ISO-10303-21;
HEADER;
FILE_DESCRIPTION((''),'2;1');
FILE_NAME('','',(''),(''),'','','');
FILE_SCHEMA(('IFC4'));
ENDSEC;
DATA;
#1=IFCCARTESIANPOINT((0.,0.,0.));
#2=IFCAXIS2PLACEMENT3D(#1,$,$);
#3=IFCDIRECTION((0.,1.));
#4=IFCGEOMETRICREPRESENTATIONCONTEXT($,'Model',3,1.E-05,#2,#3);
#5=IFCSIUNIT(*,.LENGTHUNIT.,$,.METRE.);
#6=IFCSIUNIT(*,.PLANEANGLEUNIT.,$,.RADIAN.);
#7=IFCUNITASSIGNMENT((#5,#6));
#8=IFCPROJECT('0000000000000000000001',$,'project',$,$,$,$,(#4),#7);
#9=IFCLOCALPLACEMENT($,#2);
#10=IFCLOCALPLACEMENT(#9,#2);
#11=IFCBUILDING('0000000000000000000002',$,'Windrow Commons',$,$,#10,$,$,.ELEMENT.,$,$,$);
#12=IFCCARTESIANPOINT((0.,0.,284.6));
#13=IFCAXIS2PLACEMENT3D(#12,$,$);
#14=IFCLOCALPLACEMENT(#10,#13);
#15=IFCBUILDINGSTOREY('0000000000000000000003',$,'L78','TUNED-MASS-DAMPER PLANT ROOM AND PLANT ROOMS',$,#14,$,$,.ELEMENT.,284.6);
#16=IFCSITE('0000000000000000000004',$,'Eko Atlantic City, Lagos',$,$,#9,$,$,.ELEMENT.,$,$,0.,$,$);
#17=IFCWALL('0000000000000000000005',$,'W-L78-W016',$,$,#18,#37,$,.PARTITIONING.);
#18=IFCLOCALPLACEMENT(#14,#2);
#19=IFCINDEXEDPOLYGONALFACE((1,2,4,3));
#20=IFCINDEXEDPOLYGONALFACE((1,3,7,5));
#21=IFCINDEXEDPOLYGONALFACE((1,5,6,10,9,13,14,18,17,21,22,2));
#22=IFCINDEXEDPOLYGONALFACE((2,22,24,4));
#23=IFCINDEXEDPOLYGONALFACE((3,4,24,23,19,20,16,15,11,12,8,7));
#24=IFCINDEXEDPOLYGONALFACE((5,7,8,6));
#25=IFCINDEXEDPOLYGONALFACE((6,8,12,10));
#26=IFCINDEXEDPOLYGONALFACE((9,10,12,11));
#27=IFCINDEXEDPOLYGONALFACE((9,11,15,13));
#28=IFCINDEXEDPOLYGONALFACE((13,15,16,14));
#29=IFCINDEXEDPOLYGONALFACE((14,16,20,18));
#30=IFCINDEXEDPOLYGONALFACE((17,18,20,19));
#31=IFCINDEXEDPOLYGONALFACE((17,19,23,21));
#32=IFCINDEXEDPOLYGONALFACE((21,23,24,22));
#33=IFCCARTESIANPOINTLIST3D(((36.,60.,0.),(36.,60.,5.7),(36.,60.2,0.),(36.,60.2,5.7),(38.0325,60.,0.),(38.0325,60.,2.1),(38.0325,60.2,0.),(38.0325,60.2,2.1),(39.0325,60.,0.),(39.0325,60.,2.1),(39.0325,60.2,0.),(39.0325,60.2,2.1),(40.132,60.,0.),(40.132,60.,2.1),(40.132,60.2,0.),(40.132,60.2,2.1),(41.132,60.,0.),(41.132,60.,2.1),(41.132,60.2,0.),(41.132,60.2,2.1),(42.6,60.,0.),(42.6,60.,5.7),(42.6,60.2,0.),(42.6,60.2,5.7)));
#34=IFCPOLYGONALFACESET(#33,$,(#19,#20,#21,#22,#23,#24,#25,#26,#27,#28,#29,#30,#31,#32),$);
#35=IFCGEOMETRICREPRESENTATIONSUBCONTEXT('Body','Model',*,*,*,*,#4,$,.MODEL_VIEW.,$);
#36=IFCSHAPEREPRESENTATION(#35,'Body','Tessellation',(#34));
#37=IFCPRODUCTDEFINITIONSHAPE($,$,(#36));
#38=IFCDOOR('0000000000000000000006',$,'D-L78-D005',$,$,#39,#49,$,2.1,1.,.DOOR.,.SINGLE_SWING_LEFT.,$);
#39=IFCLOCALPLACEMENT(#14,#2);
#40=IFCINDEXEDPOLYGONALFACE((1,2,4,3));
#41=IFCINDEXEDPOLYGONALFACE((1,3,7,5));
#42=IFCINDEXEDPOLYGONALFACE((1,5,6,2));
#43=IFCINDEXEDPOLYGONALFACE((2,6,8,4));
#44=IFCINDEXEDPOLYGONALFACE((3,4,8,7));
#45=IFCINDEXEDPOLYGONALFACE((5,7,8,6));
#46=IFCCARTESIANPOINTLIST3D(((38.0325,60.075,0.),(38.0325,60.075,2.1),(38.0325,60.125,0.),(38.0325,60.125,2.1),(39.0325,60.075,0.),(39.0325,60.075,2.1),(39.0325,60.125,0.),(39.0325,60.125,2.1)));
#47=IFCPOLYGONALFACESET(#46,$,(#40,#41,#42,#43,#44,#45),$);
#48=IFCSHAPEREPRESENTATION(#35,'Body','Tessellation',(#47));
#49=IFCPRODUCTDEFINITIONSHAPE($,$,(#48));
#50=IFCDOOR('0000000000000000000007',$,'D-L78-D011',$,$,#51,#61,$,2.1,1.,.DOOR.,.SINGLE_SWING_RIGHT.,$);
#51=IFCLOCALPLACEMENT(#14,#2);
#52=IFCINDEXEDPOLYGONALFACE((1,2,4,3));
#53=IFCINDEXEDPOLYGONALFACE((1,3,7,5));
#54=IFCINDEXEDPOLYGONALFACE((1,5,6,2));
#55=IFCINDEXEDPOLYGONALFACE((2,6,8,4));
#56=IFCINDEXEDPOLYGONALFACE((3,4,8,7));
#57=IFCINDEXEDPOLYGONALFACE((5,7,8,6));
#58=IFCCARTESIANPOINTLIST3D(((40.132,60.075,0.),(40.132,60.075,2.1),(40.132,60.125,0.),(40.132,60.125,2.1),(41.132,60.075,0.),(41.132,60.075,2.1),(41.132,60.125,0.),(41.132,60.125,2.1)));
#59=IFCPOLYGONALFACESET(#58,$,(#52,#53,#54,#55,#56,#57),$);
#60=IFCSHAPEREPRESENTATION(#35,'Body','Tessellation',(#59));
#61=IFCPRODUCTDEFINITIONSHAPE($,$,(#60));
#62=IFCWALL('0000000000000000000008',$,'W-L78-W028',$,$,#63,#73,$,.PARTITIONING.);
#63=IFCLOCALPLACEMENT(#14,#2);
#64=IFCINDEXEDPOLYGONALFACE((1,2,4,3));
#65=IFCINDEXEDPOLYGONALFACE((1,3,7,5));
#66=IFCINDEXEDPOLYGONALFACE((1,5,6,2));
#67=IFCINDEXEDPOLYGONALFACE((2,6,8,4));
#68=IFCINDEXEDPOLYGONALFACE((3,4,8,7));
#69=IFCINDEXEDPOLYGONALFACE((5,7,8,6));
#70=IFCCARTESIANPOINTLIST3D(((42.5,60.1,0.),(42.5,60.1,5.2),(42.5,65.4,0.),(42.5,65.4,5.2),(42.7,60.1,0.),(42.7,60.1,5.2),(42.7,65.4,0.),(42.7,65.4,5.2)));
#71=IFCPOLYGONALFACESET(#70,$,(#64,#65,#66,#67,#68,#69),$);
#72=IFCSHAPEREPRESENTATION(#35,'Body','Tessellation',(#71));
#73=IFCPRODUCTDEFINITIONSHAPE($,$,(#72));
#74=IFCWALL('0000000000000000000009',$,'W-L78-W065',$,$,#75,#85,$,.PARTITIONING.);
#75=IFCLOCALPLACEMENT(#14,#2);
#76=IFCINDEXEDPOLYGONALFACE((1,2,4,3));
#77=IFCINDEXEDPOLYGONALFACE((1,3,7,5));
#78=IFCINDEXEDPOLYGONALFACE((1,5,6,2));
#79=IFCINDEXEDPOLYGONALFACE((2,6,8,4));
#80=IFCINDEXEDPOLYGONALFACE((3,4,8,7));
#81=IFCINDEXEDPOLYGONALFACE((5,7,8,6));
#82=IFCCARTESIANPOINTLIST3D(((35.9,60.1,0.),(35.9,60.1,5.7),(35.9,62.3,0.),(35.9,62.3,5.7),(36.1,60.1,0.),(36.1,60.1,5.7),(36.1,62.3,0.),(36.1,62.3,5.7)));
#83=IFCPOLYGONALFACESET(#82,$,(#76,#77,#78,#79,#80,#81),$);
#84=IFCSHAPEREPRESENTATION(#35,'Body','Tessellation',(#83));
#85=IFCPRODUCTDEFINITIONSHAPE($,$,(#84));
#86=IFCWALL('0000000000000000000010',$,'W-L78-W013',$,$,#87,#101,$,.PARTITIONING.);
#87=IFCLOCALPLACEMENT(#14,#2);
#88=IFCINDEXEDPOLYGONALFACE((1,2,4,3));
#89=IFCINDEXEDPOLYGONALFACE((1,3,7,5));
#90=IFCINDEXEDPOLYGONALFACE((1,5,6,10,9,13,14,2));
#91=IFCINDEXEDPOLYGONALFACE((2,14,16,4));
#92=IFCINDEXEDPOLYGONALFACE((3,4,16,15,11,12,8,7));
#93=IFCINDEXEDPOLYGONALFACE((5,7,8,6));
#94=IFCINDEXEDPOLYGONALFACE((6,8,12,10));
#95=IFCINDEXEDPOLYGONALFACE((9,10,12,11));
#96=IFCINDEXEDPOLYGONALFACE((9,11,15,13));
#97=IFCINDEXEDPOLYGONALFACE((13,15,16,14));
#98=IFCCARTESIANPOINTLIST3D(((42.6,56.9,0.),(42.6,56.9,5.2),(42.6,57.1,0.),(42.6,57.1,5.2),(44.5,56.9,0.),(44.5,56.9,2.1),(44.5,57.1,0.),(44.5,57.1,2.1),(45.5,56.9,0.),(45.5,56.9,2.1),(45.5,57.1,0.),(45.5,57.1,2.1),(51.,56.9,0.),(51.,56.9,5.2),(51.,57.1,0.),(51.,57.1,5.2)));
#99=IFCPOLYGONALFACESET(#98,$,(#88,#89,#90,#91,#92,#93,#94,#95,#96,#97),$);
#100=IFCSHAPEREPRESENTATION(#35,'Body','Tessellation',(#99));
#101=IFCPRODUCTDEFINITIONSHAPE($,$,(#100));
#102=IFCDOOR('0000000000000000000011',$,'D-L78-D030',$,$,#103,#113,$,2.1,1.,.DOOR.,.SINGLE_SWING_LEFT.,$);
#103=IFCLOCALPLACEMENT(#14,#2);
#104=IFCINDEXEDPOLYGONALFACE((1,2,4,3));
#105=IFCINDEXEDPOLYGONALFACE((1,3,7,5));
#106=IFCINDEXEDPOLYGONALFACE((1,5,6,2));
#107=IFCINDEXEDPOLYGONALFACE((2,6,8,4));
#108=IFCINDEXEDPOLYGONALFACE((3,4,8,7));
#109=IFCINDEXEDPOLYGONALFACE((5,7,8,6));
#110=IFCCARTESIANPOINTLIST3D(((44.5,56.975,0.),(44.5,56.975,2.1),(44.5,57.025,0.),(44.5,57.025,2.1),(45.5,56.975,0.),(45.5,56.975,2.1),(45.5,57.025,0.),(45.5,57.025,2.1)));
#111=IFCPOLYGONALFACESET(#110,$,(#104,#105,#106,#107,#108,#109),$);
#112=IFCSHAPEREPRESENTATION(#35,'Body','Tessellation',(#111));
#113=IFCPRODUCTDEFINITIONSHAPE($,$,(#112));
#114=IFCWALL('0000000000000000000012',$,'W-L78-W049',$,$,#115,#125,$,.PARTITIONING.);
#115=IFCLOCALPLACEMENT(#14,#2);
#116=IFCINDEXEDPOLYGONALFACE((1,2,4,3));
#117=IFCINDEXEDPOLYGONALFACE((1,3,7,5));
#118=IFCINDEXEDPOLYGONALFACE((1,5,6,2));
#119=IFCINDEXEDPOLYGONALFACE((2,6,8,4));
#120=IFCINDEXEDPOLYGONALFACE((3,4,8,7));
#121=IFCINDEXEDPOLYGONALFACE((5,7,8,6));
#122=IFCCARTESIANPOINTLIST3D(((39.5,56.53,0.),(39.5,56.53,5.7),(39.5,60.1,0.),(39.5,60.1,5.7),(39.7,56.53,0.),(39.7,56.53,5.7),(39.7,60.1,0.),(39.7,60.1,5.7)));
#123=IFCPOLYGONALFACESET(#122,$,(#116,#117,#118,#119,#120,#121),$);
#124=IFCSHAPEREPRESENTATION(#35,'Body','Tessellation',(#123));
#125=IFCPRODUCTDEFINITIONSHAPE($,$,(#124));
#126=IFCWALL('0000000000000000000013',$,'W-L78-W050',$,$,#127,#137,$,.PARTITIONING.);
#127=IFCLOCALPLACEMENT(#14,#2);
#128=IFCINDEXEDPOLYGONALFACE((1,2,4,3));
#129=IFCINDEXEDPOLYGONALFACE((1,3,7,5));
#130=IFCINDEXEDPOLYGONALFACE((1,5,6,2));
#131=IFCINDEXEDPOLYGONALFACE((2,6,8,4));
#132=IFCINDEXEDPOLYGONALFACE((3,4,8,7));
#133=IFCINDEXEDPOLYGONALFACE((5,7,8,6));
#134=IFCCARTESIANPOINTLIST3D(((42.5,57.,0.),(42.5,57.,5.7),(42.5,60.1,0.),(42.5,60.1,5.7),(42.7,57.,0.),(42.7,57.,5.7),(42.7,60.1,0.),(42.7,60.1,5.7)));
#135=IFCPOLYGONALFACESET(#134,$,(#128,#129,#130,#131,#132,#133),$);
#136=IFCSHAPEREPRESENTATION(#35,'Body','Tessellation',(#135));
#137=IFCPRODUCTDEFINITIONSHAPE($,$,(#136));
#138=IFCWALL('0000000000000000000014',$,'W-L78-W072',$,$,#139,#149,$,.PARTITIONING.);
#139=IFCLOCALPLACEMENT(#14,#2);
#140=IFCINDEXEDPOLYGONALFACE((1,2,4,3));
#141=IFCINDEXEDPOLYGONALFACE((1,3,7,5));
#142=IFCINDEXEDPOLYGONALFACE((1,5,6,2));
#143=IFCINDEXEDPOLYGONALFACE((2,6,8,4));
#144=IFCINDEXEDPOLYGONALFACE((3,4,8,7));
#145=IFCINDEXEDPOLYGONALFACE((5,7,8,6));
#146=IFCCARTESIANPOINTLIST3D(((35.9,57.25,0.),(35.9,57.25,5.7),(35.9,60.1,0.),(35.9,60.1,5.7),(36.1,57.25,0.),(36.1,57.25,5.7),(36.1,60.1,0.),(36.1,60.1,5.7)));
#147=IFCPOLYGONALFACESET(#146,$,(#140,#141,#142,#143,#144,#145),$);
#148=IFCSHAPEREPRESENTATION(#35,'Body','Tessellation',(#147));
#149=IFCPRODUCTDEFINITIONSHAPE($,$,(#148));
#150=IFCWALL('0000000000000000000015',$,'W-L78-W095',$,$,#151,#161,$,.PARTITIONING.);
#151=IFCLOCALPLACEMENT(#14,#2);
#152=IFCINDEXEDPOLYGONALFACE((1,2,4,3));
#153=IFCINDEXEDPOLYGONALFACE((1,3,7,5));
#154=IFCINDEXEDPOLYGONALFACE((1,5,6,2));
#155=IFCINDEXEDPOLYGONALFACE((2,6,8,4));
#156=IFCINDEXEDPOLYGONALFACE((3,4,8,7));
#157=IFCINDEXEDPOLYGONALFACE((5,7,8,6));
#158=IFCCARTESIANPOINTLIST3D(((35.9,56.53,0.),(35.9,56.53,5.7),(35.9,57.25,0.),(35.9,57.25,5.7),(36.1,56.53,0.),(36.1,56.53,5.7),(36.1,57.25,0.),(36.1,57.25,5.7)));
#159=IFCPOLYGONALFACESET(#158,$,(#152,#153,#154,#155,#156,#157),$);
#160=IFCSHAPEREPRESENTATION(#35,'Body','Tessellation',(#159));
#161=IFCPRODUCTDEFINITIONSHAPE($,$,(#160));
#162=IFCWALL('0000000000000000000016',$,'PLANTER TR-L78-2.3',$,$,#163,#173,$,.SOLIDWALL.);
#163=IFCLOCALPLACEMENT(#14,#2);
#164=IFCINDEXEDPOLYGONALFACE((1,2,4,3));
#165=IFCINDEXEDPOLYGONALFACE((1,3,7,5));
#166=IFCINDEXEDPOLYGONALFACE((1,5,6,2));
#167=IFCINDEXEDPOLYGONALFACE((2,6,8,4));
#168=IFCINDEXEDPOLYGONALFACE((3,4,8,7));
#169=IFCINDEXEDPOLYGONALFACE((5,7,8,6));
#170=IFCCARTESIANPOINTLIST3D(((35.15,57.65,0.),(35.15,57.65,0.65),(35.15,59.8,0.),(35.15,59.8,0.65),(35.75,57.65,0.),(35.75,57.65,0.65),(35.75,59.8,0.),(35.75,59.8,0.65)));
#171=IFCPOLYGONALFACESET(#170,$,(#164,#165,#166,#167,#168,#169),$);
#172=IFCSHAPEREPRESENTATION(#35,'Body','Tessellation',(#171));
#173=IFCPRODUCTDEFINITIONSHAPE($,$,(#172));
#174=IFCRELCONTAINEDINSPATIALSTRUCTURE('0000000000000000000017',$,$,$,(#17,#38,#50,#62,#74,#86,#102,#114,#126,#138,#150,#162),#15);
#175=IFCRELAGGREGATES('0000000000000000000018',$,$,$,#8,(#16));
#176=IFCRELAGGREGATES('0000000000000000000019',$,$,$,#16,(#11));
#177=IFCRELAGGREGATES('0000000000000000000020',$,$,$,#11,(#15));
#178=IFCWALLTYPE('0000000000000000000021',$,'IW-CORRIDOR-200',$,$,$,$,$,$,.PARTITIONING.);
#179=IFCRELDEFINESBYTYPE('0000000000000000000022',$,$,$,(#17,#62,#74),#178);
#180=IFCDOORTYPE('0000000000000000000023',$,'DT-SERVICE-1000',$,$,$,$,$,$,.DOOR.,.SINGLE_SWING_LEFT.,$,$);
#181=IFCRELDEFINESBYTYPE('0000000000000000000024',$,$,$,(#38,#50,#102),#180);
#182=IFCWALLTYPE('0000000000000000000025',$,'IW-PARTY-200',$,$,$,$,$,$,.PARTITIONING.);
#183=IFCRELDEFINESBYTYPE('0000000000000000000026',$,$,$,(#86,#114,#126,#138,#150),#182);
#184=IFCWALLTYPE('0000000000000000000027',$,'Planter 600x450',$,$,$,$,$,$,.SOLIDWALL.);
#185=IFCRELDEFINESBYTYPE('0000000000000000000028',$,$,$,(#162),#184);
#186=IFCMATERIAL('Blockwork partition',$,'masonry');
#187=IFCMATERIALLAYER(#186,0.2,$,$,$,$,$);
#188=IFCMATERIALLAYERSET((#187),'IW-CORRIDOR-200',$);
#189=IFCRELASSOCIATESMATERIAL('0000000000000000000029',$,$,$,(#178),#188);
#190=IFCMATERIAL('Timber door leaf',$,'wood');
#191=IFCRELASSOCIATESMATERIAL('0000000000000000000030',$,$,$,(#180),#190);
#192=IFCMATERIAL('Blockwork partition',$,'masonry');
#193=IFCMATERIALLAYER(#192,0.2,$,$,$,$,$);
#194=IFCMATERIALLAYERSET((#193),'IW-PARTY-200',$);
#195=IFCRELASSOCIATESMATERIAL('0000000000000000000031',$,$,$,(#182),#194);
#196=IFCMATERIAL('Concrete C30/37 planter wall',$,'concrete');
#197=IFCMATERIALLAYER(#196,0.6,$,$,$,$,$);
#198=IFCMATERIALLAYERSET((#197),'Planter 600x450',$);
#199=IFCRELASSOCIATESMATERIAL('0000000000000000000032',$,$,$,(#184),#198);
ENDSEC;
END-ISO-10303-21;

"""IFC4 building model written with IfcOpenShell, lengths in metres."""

from ifc_helpers import new_model, si_unit, direction, frame, frame_2d, origin, place, context, subcontext, project, spatial, rectangle, extrude, material, layer, layer_set, type_object, element, fill, save


model = new_model("IFC4")

# Units and contexts
model_context = context("Model", 3, precision=1e-05, world=origin(), true_north=direction((0.0, 1.0)))
body_context = subcontext(model_context, "Body", "Model", "MODEL_VIEW")
ifc_project = project(units=[si_unit("LENGTHUNIT", "METRE"), si_unit("PLANEANGLEUNIT", "RADIAN")], contexts=[model_context])

# Site, building, storey
site_placement = place(None, origin())
site = spatial("IfcSite", under=ifc_project, at=site_placement, Name="Eko Atlantic City, Lagos", CompositionType="ELEMENT", RefElevation=0.0)
building_placement = place(site_placement, origin())
building = spatial("IfcBuilding", under=site, at=building_placement, Name="Windrow Commons", CompositionType="ELEMENT")
storey_placement = place(building_placement, frame((0.0, 0.0, 284.6)))
storey = spatial("IfcBuildingStorey", under=building, at=storey_placement, Name="L78", Description="TUNED-MASS-DAMPER PLANT ROOM AND PLANT ROOMS", CompositionType="ELEMENT", Elevation=284.6)

# Wall, openings, doors
ifc_material_1 = material(Name="Blockwork partition", Category="masonry")
ifc_layer_1 = layer(ifc_material_1, 0.2)
ifc_layer_set_1 = layer_set([ifc_layer_1], Name="IW-CORRIDOR-200")
wall_type_1 = type_object("IfcWallType", Name="IW-CORRIDOR-200", PredefinedType="PARTITIONING", material=ifc_layer_set_1)
wall_1_placement = place(storey_placement, frame((36.0, 60.1, 0.0), z_axis=(0.0, 0.0, 1.0), x_axis=(1.0, 0.0, 0.0)))
wall_1 = element("IfcWall", 1, at=wall_1_placement, inside=storey, type_object=wall_type_1, Name="W-L78-W016", PredefinedType="PARTITIONING", context=body_context, shape_type="SweptSolid", body=[
    extrude(rectangle(XDim=6.6, YDim=0.2, at=frame_2d((3.3, 0.0))), origin(), (0.0, 0.0, 1.0), 5.7),
])
opening_1_placement = place(wall_1_placement, frame((2.0325, 0.0, 0.0)))
opening_1 = element("IfcOpeningElement", 2, at=opening_1_placement, cuts=wall_1, PredefinedType="OPENING", context=body_context, shape_type="SweptSolid", body=[
    extrude(rectangle(XDim=1.0, YDim=2.1, at=frame_2d((0.5, 1.05))), frame((0.0, 0.11, 0.0), z_axis=(0.0, -1.0, 0.0), x_axis=(1.0, 0.0, 0.0)), (0.0, 0.0, 1.0), 0.22),
])
opening_2_placement = place(wall_1_placement, frame((4.132, 0.0, 0.0)))
opening_2 = element("IfcOpeningElement", 3, at=opening_2_placement, cuts=wall_1, PredefinedType="OPENING", context=body_context, shape_type="SweptSolid", body=[
    extrude(rectangle(XDim=1.0, YDim=2.1, at=frame_2d((0.5, 1.05))), frame((0.0, 0.11, 0.0), z_axis=(0.0, -1.0, 0.0), x_axis=(1.0, 0.0, 0.0)), (0.0, 0.0, 1.0), 0.22),
])
ifc_material_2 = material(Name="Timber door leaf", Category="wood")
door_type = type_object("IfcDoorType", Name="DT-SERVICE-1000", OperationType="SINGLE_SWING_LEFT", PredefinedType="DOOR", material=ifc_material_2)
door_1_placement = place(opening_1_placement, origin())
door_1 = element("IfcDoor", 4, at=door_1_placement, inside=storey, type_object=door_type, Name="D-L78-D005", OperationType="SINGLE_SWING_LEFT", OverallHeight=2.1, OverallWidth=1.0, PredefinedType="DOOR", context=body_context, shape_type="SweptSolid", body=[
    extrude(rectangle(XDim=1.0, YDim=2.1, at=frame_2d((0.5, 1.05))), frame((0.0, 0.025, 0.0), z_axis=(0.0, -1.0, 0.0), x_axis=(1.0, 0.0, 0.0)), (0.0, 0.0, 1.0), 0.05),
])
fill(opening_1, door_1)
door_2_placement = place(opening_2_placement, origin())
door_2 = element("IfcDoor", 5, at=door_2_placement, inside=storey, type_object=door_type, Name="D-L78-D011", OperationType="SINGLE_SWING_RIGHT", OverallHeight=2.1, OverallWidth=1.0, PredefinedType="DOOR", context=body_context, shape_type="SweptSolid", body=[
    extrude(rectangle(XDim=1.0, YDim=2.1, at=frame_2d((0.5, 1.05))), frame((0.0, 0.025, 0.0), z_axis=(0.0, -1.0, 0.0), x_axis=(1.0, 0.0, 0.0)), (0.0, 0.0, 1.0), 0.05),
])
fill(opening_2, door_2)

# Walls
wall_2_placement = place(storey_placement, frame((42.6, 60.1, 0.0), z_axis=(0.0, 0.0, 1.0), x_axis=(0.0, 1.0, 0.0)))
element("IfcWall", 6, at=wall_2_placement, inside=storey, type_object=wall_type_1, Name="W-L78-W028", PredefinedType="PARTITIONING", context=body_context, shape_type="SweptSolid", body=[
    extrude(rectangle(XDim=5.3, YDim=0.2, at=frame_2d((2.65, 0.0))), origin(), (0.0, 0.0, 1.0), 5.2),
])
wall_3_placement = place(storey_placement, frame((36.0, 60.1, 0.0), z_axis=(0.0, 0.0, 1.0), x_axis=(0.0, 1.0, 0.0)))
element("IfcWall", 7, at=wall_3_placement, inside=storey, type_object=wall_type_1, Name="W-L78-W065", PredefinedType="PARTITIONING", context=body_context, shape_type="SweptSolid", body=[
    extrude(rectangle(XDim=2.2, YDim=0.2, at=frame_2d((1.1, 0.0))), origin(), (0.0, 0.0, 1.0), 5.7),
])

# Wall, opening, door
ifc_material_3 = material(Name="Blockwork partition", Category="masonry")
ifc_layer_2 = layer(ifc_material_3, 0.2)
ifc_layer_set_2 = layer_set([ifc_layer_2], Name="IW-PARTY-200")
wall_type_2 = type_object("IfcWallType", Name="IW-PARTY-200", PredefinedType="PARTITIONING", material=ifc_layer_set_2)
wall_4_placement = place(storey_placement, frame((42.6, 57.0, 0.0), z_axis=(0.0, 0.0, 1.0), x_axis=(1.0, 0.0, 0.0)))
wall_4 = element("IfcWall", 8, at=wall_4_placement, inside=storey, type_object=wall_type_2, Name="W-L78-W013", PredefinedType="PARTITIONING", context=body_context, shape_type="SweptSolid", body=[
    extrude(rectangle(XDim=8.4, YDim=0.2, at=frame_2d((4.2, 0.0))), origin(), (0.0, 0.0, 1.0), 5.2),
])
opening_3_placement = place(wall_4_placement, frame((1.9, 0.0, 0.0)))
opening_3 = element("IfcOpeningElement", 9, at=opening_3_placement, cuts=wall_4, PredefinedType="OPENING", context=body_context, shape_type="SweptSolid", body=[
    extrude(rectangle(XDim=1.0, YDim=2.1, at=frame_2d((0.5, 1.05))), frame((0.0, 0.11, 0.0), z_axis=(0.0, -1.0, 0.0), x_axis=(1.0, 0.0, 0.0)), (0.0, 0.0, 1.0), 0.22),
])
door_3_placement = place(opening_3_placement, origin())
door_3 = element("IfcDoor", 10, at=door_3_placement, inside=storey, type_object=door_type, Name="D-L78-D030", OperationType="SINGLE_SWING_LEFT", OverallHeight=2.1, OverallWidth=1.0, PredefinedType="DOOR", context=body_context, shape_type="SweptSolid", body=[
    extrude(rectangle(XDim=1.0, YDim=2.1, at=frame_2d((0.5, 1.05))), frame((0.0, 0.025, 0.0), z_axis=(0.0, -1.0, 0.0), x_axis=(1.0, 0.0, 0.0)), (0.0, 0.0, 1.0), 0.05),
])
fill(opening_3, door_3)

# Walls
wall_5_placement = place(storey_placement, frame((39.6, 56.53, 0.0), z_axis=(0.0, 0.0, 1.0), x_axis=(0.0, 1.0, 0.0)))
element("IfcWall", 11, at=wall_5_placement, inside=storey, type_object=wall_type_2, Name="W-L78-W049", PredefinedType="PARTITIONING", context=body_context, shape_type="SweptSolid", body=[
    extrude(rectangle(XDim=3.57, YDim=0.2, at=frame_2d((1.785, 0.0))), origin(), (0.0, 0.0, 1.0), 5.7),
])
wall_6_placement = place(storey_placement, frame((42.6, 57.0, 0.0), z_axis=(0.0, 0.0, 1.0), x_axis=(0.0, 1.0, 0.0)))
element("IfcWall", 12, at=wall_6_placement, inside=storey, type_object=wall_type_2, Name="W-L78-W050", PredefinedType="PARTITIONING", context=body_context, shape_type="SweptSolid", body=[
    extrude(rectangle(XDim=3.1, YDim=0.2, at=frame_2d((1.55, 0.0))), origin(), (0.0, 0.0, 1.0), 5.7),
])
wall_7_placement = place(storey_placement, frame((36.0, 57.25, 0.0), z_axis=(0.0, 0.0, 1.0), x_axis=(0.0, 1.0, 0.0)))
element("IfcWall", 13, at=wall_7_placement, inside=storey, type_object=wall_type_2, Name="W-L78-W072", PredefinedType="PARTITIONING", context=body_context, shape_type="SweptSolid", body=[
    extrude(rectangle(XDim=2.85, YDim=0.2, at=frame_2d((1.425, 0.0))), origin(), (0.0, 0.0, 1.0), 5.7),
])
wall_8_placement = place(storey_placement, frame((36.0, 56.53, 0.0), z_axis=(0.0, 0.0, 1.0), x_axis=(0.0, 1.0, 0.0)))
element("IfcWall", 14, at=wall_8_placement, inside=storey, type_object=wall_type_2, Name="W-L78-W095", PredefinedType="PARTITIONING", context=body_context, shape_type="SweptSolid", body=[
    extrude(rectangle(XDim=0.72, YDim=0.2, at=frame_2d((0.36, 0.0))), origin(), (0.0, 0.0, 1.0), 5.7),
])
ifc_material_4 = material(Name="Concrete C30/37 planter wall", Category="concrete")
ifc_layer_3 = layer(ifc_material_4, 0.6)
ifc_layer_set_3 = layer_set([ifc_layer_3], Name="Planter 600x450")
wall_type_3 = type_object("IfcWallType", Name="Planter 600x450", PredefinedType="SOLIDWALL", material=ifc_layer_set_3)
wall_9_placement = place(storey_placement, frame((35.45, 59.8, 0.0), z_axis=(0.0, 0.0, 1.0), x_axis=(0.0, -1.0, 0.0)))
element("IfcWall", 15, at=wall_9_placement, inside=storey, type_object=wall_type_3, Name="PLANTER TR-L78-2.3", PredefinedType="SOLIDWALL", context=body_context, shape_type="SweptSolid", body=[
    extrude(rectangle(XDim=2.15, YDim=0.6, at=frame_2d((1.075, 0.0))), origin(), (0.0, 0.0, 1.0), 0.65),
])

save(model, "model.ifc")
